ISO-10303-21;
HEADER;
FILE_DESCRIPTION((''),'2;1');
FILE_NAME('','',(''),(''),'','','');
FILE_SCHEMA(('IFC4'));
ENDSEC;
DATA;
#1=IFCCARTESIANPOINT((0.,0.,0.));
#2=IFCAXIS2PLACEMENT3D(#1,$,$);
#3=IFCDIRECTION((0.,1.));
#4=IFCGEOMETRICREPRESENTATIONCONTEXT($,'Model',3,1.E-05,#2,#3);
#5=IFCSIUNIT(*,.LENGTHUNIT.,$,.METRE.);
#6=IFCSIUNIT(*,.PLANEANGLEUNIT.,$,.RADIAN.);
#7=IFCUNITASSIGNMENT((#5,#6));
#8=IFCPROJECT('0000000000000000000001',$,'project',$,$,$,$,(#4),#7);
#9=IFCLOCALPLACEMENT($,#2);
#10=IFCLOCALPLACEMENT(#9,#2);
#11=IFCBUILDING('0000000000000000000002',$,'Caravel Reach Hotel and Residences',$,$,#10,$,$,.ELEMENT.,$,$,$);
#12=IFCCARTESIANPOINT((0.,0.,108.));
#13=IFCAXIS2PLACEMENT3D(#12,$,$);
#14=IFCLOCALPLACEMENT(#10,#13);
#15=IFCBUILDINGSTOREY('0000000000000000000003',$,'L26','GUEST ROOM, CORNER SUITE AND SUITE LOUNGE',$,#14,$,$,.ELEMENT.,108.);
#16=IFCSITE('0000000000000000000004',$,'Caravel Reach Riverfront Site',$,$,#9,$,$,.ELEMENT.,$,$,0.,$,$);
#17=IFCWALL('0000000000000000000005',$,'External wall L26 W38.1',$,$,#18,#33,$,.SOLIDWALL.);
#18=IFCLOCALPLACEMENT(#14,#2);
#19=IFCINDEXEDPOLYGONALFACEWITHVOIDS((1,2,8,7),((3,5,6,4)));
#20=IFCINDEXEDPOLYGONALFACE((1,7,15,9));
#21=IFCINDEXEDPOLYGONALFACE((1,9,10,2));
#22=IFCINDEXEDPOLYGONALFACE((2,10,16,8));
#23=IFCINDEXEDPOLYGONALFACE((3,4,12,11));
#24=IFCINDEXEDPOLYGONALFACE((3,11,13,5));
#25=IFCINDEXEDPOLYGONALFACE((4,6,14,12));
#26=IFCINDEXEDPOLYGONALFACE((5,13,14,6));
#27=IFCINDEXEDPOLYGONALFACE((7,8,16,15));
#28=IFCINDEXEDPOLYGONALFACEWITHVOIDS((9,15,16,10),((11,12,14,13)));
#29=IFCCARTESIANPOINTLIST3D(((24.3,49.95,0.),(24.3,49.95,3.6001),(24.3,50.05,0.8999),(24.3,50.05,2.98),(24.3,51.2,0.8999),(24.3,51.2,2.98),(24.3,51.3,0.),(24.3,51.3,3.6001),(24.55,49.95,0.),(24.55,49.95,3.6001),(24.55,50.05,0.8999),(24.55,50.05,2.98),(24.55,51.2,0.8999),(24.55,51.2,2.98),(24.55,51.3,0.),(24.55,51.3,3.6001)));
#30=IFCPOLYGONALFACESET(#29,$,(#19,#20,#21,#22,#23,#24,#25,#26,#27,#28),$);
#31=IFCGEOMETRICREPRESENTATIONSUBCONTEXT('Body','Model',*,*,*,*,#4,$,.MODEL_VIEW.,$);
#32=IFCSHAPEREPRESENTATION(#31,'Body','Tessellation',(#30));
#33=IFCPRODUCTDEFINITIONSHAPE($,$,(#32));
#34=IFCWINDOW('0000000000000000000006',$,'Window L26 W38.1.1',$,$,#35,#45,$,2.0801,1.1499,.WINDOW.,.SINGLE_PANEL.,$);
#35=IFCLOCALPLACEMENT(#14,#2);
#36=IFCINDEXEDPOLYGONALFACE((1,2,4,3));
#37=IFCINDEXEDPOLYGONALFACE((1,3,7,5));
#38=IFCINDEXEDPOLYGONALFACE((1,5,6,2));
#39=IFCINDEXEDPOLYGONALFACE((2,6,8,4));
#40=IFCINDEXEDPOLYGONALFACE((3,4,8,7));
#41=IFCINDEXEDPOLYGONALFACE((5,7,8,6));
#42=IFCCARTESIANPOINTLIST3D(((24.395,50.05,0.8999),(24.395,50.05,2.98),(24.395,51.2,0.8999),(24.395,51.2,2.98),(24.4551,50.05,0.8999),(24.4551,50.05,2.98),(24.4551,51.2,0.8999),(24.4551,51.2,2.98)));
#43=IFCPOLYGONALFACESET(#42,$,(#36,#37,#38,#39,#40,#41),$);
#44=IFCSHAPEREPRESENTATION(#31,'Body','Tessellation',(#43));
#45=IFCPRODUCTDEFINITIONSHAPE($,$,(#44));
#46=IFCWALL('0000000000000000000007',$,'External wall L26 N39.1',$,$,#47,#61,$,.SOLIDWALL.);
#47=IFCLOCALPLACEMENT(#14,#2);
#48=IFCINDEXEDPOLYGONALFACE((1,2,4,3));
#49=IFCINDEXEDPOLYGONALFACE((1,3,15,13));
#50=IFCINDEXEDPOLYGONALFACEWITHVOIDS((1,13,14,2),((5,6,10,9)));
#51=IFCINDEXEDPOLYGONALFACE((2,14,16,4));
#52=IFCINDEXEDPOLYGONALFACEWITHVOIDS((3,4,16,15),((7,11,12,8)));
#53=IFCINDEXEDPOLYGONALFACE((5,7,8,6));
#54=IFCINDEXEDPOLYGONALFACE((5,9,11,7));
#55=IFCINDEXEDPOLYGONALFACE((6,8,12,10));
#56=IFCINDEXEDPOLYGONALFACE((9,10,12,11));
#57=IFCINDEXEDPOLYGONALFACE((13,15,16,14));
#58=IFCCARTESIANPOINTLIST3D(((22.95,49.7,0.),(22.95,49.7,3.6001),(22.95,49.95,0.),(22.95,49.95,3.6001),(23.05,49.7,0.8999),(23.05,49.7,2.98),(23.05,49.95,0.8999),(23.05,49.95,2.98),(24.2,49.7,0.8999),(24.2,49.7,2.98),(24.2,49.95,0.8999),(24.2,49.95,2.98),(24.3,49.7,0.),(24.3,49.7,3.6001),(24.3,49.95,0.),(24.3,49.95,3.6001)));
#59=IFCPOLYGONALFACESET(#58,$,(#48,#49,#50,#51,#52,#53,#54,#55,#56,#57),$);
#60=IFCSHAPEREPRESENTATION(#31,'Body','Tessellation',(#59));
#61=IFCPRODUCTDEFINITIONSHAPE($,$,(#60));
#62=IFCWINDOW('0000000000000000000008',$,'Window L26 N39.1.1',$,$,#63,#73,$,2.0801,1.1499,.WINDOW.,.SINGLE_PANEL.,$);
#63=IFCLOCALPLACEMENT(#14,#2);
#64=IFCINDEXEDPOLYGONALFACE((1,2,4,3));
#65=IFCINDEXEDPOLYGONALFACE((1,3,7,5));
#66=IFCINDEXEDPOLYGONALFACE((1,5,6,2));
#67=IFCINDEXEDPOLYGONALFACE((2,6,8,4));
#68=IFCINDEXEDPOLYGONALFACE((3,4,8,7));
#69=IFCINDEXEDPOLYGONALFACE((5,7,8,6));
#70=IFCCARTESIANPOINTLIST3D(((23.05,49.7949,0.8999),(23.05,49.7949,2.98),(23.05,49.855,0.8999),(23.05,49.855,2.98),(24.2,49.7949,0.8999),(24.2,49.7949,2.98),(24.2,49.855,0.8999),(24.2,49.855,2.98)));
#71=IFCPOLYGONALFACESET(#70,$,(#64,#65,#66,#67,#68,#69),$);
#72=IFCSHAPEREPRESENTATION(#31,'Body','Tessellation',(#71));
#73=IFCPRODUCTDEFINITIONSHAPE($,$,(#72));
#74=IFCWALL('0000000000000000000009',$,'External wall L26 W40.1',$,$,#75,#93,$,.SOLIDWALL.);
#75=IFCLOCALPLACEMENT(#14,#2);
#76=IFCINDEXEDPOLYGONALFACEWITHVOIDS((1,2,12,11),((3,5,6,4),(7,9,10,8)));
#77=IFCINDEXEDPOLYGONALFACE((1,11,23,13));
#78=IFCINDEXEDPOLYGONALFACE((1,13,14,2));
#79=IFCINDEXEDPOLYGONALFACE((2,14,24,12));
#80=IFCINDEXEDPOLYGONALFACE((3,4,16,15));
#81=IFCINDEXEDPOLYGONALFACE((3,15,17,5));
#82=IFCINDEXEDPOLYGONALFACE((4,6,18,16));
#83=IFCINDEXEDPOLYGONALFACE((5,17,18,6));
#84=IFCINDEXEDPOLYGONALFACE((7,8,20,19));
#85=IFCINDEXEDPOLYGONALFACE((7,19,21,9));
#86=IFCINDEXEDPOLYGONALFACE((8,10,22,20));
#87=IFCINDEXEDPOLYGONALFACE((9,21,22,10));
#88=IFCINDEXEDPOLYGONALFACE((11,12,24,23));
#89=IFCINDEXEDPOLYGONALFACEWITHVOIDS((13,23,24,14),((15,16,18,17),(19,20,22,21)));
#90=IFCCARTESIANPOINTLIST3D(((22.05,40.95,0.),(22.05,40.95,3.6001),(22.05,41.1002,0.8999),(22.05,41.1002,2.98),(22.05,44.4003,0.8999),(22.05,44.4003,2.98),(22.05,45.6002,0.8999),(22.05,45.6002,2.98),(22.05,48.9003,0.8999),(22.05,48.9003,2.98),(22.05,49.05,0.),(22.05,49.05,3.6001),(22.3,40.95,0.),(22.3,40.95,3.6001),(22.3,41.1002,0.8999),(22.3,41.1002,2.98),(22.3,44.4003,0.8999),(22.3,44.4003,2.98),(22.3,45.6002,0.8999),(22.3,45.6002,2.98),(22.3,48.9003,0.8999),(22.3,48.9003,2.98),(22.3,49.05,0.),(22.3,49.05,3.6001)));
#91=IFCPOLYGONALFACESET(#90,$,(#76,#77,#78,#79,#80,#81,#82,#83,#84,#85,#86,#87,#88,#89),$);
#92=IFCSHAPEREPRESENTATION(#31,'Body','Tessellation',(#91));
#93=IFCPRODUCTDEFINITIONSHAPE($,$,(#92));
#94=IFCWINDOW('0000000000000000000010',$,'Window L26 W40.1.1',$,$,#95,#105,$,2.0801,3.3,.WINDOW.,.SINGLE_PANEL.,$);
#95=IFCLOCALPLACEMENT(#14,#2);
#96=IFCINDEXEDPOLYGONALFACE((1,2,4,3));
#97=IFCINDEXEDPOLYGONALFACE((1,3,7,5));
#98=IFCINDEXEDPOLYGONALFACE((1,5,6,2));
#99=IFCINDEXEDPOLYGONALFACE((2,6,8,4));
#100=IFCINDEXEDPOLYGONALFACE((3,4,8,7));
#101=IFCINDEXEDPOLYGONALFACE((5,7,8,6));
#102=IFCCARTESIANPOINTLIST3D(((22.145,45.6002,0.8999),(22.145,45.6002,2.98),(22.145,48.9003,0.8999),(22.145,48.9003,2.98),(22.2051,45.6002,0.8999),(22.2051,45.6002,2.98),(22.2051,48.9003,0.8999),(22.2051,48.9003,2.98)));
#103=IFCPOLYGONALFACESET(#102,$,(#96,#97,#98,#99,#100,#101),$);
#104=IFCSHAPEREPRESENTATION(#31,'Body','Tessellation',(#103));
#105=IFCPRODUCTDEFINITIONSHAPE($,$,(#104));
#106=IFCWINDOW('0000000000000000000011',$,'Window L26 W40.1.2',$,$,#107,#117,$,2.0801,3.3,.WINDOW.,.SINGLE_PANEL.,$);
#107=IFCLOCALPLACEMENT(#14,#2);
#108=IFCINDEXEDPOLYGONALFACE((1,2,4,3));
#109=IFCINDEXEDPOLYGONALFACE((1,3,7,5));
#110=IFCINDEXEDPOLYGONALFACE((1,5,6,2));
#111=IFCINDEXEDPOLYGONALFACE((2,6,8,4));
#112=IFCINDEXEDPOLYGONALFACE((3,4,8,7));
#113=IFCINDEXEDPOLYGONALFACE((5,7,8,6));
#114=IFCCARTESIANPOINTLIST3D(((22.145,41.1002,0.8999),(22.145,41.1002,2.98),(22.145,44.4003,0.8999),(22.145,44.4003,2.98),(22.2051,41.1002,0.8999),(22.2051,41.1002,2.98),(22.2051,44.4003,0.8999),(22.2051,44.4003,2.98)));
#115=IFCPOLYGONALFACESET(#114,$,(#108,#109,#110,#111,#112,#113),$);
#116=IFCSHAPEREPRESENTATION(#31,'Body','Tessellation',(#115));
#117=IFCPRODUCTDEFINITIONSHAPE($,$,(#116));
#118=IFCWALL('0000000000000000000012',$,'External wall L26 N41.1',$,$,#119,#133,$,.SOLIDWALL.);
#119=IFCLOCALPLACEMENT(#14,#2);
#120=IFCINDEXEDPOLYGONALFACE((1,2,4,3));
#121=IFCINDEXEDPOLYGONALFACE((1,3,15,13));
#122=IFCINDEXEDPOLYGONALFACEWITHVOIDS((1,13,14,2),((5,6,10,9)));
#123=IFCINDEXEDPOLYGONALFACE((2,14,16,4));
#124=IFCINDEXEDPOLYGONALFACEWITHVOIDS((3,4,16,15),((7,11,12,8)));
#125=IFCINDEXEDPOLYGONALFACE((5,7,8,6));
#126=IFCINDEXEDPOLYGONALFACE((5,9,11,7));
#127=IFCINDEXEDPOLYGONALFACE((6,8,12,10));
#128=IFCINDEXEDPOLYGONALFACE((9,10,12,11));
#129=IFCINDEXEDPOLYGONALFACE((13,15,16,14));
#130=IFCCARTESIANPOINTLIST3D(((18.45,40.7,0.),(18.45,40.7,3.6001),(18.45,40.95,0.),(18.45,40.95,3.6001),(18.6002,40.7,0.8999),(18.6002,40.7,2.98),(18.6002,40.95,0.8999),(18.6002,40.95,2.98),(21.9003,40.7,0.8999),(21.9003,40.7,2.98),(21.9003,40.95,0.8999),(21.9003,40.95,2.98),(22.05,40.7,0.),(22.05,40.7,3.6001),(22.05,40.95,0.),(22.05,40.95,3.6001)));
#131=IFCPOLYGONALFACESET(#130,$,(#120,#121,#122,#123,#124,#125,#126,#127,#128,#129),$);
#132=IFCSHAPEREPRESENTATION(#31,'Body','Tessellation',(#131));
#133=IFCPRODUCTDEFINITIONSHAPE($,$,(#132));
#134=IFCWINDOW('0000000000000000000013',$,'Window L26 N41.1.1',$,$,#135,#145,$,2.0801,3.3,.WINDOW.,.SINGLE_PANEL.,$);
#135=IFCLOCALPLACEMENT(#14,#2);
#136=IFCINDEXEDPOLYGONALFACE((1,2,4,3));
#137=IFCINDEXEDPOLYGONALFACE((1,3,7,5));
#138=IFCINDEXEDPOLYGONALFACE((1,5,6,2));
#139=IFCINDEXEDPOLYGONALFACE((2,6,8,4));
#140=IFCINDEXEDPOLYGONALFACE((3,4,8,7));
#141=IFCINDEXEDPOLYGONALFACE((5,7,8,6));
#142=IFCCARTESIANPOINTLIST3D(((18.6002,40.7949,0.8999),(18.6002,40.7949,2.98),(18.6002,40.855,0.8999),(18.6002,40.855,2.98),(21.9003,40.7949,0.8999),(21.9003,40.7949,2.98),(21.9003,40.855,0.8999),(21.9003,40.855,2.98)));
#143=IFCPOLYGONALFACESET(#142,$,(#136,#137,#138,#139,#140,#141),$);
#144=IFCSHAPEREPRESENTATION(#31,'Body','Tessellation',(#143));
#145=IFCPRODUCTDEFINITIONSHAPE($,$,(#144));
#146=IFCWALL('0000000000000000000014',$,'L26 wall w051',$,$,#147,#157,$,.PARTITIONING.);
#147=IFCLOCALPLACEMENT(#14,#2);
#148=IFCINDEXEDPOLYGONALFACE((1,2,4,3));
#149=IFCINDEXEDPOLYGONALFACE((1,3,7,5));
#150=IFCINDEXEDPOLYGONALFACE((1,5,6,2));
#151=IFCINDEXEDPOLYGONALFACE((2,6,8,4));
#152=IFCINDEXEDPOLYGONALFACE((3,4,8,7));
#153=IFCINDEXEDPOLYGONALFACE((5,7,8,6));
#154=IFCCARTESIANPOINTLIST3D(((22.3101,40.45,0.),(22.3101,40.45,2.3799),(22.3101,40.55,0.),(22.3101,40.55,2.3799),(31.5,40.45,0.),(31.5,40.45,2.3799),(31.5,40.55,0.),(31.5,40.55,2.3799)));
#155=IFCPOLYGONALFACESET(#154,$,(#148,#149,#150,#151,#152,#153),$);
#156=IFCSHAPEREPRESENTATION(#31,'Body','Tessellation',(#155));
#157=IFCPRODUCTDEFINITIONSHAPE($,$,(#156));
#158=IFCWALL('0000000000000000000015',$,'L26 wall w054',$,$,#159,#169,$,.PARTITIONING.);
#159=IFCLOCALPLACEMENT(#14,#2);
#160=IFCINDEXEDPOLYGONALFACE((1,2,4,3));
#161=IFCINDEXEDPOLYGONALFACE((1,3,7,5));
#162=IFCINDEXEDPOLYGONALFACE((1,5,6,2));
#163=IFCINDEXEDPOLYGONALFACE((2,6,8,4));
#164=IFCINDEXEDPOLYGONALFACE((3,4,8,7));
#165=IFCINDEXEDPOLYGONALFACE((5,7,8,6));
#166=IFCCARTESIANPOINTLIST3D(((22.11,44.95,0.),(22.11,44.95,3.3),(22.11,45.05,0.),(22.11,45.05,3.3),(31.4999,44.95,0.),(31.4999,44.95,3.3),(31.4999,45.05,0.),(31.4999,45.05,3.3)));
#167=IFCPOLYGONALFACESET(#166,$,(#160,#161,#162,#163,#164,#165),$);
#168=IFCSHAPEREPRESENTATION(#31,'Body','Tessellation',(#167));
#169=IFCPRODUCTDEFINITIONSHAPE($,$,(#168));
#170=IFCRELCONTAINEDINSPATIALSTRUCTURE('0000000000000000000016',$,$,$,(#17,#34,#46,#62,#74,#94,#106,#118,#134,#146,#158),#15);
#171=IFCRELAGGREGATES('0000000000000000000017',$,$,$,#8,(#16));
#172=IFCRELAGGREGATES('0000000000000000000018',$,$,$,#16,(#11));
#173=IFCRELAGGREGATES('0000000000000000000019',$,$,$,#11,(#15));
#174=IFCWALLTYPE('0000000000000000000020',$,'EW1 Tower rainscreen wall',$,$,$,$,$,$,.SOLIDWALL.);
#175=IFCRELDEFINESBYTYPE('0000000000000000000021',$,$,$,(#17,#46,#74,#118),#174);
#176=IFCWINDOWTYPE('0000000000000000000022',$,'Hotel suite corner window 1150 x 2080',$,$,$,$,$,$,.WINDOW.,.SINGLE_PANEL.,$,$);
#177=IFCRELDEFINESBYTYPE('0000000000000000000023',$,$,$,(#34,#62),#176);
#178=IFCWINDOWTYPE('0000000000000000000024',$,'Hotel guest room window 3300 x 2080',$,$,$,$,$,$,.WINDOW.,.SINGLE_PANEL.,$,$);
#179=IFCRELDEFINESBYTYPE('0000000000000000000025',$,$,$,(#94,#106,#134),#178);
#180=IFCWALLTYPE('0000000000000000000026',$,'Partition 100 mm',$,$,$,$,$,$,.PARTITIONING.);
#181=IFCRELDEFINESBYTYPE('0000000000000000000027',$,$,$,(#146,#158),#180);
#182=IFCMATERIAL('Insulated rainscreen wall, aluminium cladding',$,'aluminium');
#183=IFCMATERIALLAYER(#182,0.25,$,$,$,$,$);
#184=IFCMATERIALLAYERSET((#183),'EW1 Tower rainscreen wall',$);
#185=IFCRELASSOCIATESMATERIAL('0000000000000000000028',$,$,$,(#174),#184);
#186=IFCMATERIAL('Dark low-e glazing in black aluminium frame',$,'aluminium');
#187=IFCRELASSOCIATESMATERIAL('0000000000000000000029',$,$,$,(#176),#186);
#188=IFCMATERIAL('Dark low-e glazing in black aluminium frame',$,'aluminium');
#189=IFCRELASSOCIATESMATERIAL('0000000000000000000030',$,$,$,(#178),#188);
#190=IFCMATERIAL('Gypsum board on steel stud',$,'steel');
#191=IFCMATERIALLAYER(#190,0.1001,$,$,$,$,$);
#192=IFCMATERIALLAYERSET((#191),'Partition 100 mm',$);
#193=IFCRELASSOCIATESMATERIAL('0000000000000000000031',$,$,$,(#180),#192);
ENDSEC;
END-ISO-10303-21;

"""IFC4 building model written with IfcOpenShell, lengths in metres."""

from ifc_helpers import new_model, si_unit, direction, frame, frame_2d, origin, place, context, subcontext, project, spatial, rectangle, extrude, material, layer, layer_set, type_object, element, fill, save


model = new_model("IFC4")

# Units and contexts
model_context = context("Model", 3, precision=1e-05, world=origin(), true_north=direction((0.0, 1.0)))
body_context = subcontext(model_context, "Body", "Model", "MODEL_VIEW")
ifc_project = project(units=[si_unit("LENGTHUNIT", "METRE"), si_unit("PLANEANGLEUNIT", "RADIAN")], contexts=[model_context])

# Site, building, storey
site_placement = place(None, origin())
site = spatial("IfcSite", under=ifc_project, at=site_placement, Name="Caravel Reach Riverfront Site", CompositionType="ELEMENT", RefElevation=0.0)
building_placement = place(site_placement, origin())
building = spatial("IfcBuilding", under=site, at=building_placement, Name="Caravel Reach Hotel and Residences", CompositionType="ELEMENT")
storey_placement = place(building_placement, frame((0.0, 0.0, 108.0)))
storey = spatial("IfcBuildingStorey", under=building, at=storey_placement, Name="L26", Description="GUEST ROOM, CORNER SUITE AND SUITE LOUNGE", CompositionType="ELEMENT", Elevation=108.0)

# Walls, openings, windows
ifc_material_1 = material(Name="Insulated rainscreen wall, aluminium cladding", Category="aluminium")
ifc_layer_1 = layer(ifc_material_1, 0.25)
ifc_layer_set_1 = layer_set([ifc_layer_1], Name="EW1 Tower rainscreen wall")
wall_type_1 = type_object("IfcWallType", Name="EW1 Tower rainscreen wall", PredefinedType="SOLIDWALL", material=ifc_layer_set_1)
ifc_material_2 = material(Name="Dark low-e glazing in black aluminium frame", Category="aluminium")
window_type_1 = type_object("IfcWindowType", Name="Hotel suite corner window 1150 x 2080", PartitioningType="SINGLE_PANEL", PredefinedType="WINDOW", material=ifc_material_2)
wall_1_placement = place(storey_placement, frame((24.425, 51.3, 0.0), z_axis=(0.0, 0.0, 1.0), x_axis=(0.0, -1.0, 0.0)))
wall_1 = element("IfcWall", 1, at=wall_1_placement, inside=storey, type_object=wall_type_1, Name="External wall L26 W38.1", PredefinedType="SOLIDWALL", context=body_context, shape_type="SweptSolid", body=[
    extrude(rectangle(XDim=1.3501, YDim=0.25, at=frame_2d((0.675, 0.0))), origin(), (0.0, 0.0, 1.0), 3.6001),
])
opening_1_placement = place(wall_1_placement, frame((0.1001, 0.0, 0.8999)))
opening_1 = element("IfcOpeningElement", 2, at=opening_1_placement, cuts=wall_1, PredefinedType="OPENING", context=body_context, shape_type="SweptSolid", body=[
    extrude(rectangle(XDim=1.1499, YDim=2.0801, at=frame_2d((0.575, 1.04))), frame((0.0, 0.135, 0.0), z_axis=(0.0, -1.0, 0.0), x_axis=(1.0, 0.0, 0.0)), (0.0, 0.0, 1.0), 0.27),
])
window_1_placement = place(opening_1_placement, origin())
window_1 = element("IfcWindow", 3, at=window_1_placement, inside=storey, type_object=window_type_1, Name="Window L26 W38.1.1", OverallHeight=2.0801, OverallWidth=1.1499, PartitioningType="SINGLE_PANEL", PredefinedType="WINDOW", context=body_context, shape_type="SweptSolid", body=[
    extrude(rectangle(XDim=1.1499, YDim=2.0801, at=frame_2d((0.575, 1.04))), frame((0.0, 0.03, 0.0), z_axis=(0.0, -1.0, 0.0), x_axis=(1.0, 0.0, 0.0)), (0.0, 0.0, 1.0), 0.0601),
])
fill(opening_1, window_1)
wall_2_placement = place(storey_placement, frame((24.3, 49.825, 0.0), z_axis=(0.0, 0.0, 1.0), x_axis=(-1.0, 0.0, 0.0)))
wall_2 = element("IfcWall", 4, at=wall_2_placement, inside=storey, type_object=wall_type_1, Name="External wall L26 N39.1", PredefinedType="SOLIDWALL", context=body_context, shape_type="SweptSolid", body=[
    extrude(rectangle(XDim=1.3501, YDim=0.25, at=frame_2d((0.675, 0.0))), origin(), (0.0, 0.0, 1.0), 3.6001),
])
opening_2_placement = place(wall_2_placement, frame((0.1001, 0.0, 0.8999)))
opening_2 = element("IfcOpeningElement", 5, at=opening_2_placement, cuts=wall_2, PredefinedType="OPENING", context=body_context, shape_type="SweptSolid", body=[
    extrude(rectangle(XDim=1.1499, YDim=2.0801, at=frame_2d((0.575, 1.04))), frame((0.0, 0.135, 0.0), z_axis=(0.0, -1.0, 0.0), x_axis=(1.0, 0.0, 0.0)), (0.0, 0.0, 1.0), 0.27),
])
window_2_placement = place(opening_2_placement, origin())
window_2 = element("IfcWindow", 6, at=window_2_placement, inside=storey, type_object=window_type_1, Name="Window L26 N39.1.1", OverallHeight=2.0801, OverallWidth=1.1499, PartitioningType="SINGLE_PANEL", PredefinedType="WINDOW", context=body_context, shape_type="SweptSolid", body=[
    extrude(rectangle(XDim=1.1499, YDim=2.0801, at=frame_2d((0.575, 1.04))), frame((0.0, 0.03, 0.0), z_axis=(0.0, -1.0, 0.0), x_axis=(1.0, 0.0, 0.0)), (0.0, 0.0, 1.0), 0.0601),
])
fill(opening_2, window_2)

# Wall, openings, windows
wall_3_placement = place(storey_placement, frame((22.175, 49.05, 0.0), z_axis=(0.0, 0.0, 1.0), x_axis=(0.0, -1.0, 0.0)))
wall_3 = element("IfcWall", 7, at=wall_3_placement, inside=storey, type_object=wall_type_1, Name="External wall L26 W40.1", PredefinedType="SOLIDWALL", context=body_context, shape_type="SweptSolid", body=[
    extrude(rectangle(XDim=8.1001, YDim=0.25, at=frame_2d((4.05, 0.0))), origin(), (0.0, 0.0, 1.0), 3.6001),
])
opening_3_placement = place(wall_3_placement, frame((0.1499, 0.0, 0.8999)))
opening_3 = element("IfcOpeningElement", 8, at=opening_3_placement, cuts=wall_3, PredefinedType="OPENING", context=body_context, shape_type="SweptSolid", body=[
    extrude(rectangle(XDim=3.3, YDim=2.0801, at=frame_2d((1.6499, 1.04))), frame((0.0, 0.135, 0.0), z_axis=(0.0, -1.0, 0.0), x_axis=(1.0, 0.0, 0.0)), (0.0, 0.0, 1.0), 0.27),
])
opening_4_placement = place(wall_3_placement, frame((4.6499, 0.0, 0.8999)))
opening_4 = element("IfcOpeningElement", 9, at=opening_4_placement, cuts=wall_3, PredefinedType="OPENING", context=body_context, shape_type="SweptSolid", body=[
    extrude(rectangle(XDim=3.3, YDim=2.0801, at=frame_2d((1.6499, 1.04))), frame((0.0, 0.135, 0.0), z_axis=(0.0, -1.0, 0.0), x_axis=(1.0, 0.0, 0.0)), (0.0, 0.0, 1.0), 0.27),
])
ifc_material_3 = material(Name="Dark low-e glazing in black aluminium frame", Category="aluminium")
window_type_2 = type_object("IfcWindowType", Name="Hotel guest room window 3300 x 2080", PartitioningType="SINGLE_PANEL", PredefinedType="WINDOW", material=ifc_material_3)
window_3_placement = place(opening_3_placement, origin())
window_3 = element("IfcWindow", 10, at=window_3_placement, inside=storey, type_object=window_type_2, Name="Window L26 W40.1.1", OverallHeight=2.0801, OverallWidth=3.3, PartitioningType="SINGLE_PANEL", PredefinedType="WINDOW", context=body_context, shape_type="SweptSolid", body=[
    extrude(rectangle(XDim=3.3, YDim=2.0801, at=frame_2d((1.6499, 1.04))), frame((0.0, 0.03, 0.0), z_axis=(0.0, -1.0, 0.0), x_axis=(1.0, 0.0, 0.0)), (0.0, 0.0, 1.0), 0.0601),
])
fill(opening_3, window_3)
window_4_placement = place(opening_4_placement, origin())
window_4 = element("IfcWindow", 11, at=window_4_placement, inside=storey, type_object=window_type_2, Name="Window L26 W40.1.2", OverallHeight=2.0801, OverallWidth=3.3, PartitioningType="SINGLE_PANEL", PredefinedType="WINDOW", context=body_context, shape_type="SweptSolid", body=[
    extrude(rectangle(XDim=3.3, YDim=2.0801, at=frame_2d((1.6499, 1.04))), frame((0.0, 0.03, 0.0), z_axis=(0.0, -1.0, 0.0), x_axis=(1.0, 0.0, 0.0)), (0.0, 0.0, 1.0), 0.0601),
])
fill(opening_4, window_4)

# Wall, opening, window
wall_4_placement = place(storey_placement, frame((22.05, 40.825, 0.0), z_axis=(0.0, 0.0, 1.0), x_axis=(-1.0, 0.0, 0.0)))
wall_4 = element("IfcWall", 12, at=wall_4_placement, inside=storey, type_object=wall_type_1, Name="External wall L26 N41.1", PredefinedType="SOLIDWALL", context=body_context, shape_type="SweptSolid", body=[
    extrude(rectangle(XDim=3.6001, YDim=0.25, at=frame_2d((1.8, 0.0))), origin(), (0.0, 0.0, 1.0), 3.6001),
])
opening_5_placement = place(wall_4_placement, frame((0.1499, 0.0, 0.8999)))
opening_5 = element("IfcOpeningElement", 13, at=opening_5_placement, cuts=wall_4, PredefinedType="OPENING", context=body_context, shape_type="SweptSolid", body=[
    extrude(rectangle(XDim=3.3, YDim=2.0801, at=frame_2d((1.6499, 1.04))), frame((0.0, 0.135, 0.0), z_axis=(0.0, -1.0, 0.0), x_axis=(1.0, 0.0, 0.0)), (0.0, 0.0, 1.0), 0.27),
])
window_5_placement = place(opening_5_placement, origin())
window_5 = element("IfcWindow", 14, at=window_5_placement, inside=storey, type_object=window_type_2, Name="Window L26 N41.1.1", OverallHeight=2.0801, OverallWidth=3.3, PartitioningType="SINGLE_PANEL", PredefinedType="WINDOW", context=body_context, shape_type="SweptSolid", body=[
    extrude(rectangle(XDim=3.3, YDim=2.0801, at=frame_2d((1.6499, 1.04))), frame((0.0, 0.03, 0.0), z_axis=(0.0, -1.0, 0.0), x_axis=(1.0, 0.0, 0.0)), (0.0, 0.0, 1.0), 0.0601),
])
fill(opening_5, window_5)

# Walls
ifc_material_4 = material(Name="Gypsum board on steel stud", Category="steel")
ifc_layer_2 = layer(ifc_material_4, 0.1001)
ifc_layer_set_2 = layer_set([ifc_layer_2], Name="Partition 100 mm")
wall_type_2 = type_object("IfcWallType", Name="Partition 100 mm", PredefinedType="PARTITIONING", material=ifc_layer_set_2)
wall_5_placement = place(storey_placement, frame((22.3101, 40.5, 0.0), z_axis=(0.0, 0.0, 1.0), x_axis=(1.0, 0.0, 0.0)))
element("IfcWall", 15, at=wall_5_placement, inside=storey, type_object=wall_type_2, Name="L26 wall w051", PredefinedType="PARTITIONING", context=body_context, shape_type="SweptSolid", body=[
    extrude(rectangle(XDim=9.1899, YDim=0.1001, at=frame_2d((4.595, 0.0))), origin(), (0.0, 0.0, 1.0), 2.3799),
])
wall_6_placement = place(storey_placement, frame((22.1101, 45.0, 0.0), z_axis=(0.0, 0.0, 1.0), x_axis=(1.0, 0.0, 0.0)))
element("IfcWall", 16, at=wall_6_placement, inside=storey, type_object=wall_type_2, Name="L26 wall w054", PredefinedType="PARTITIONING", context=body_context, shape_type="SweptSolid", body=[
    extrude(rectangle(XDim=9.3899, YDim=0.1001, at=frame_2d((4.6948, 0.0))), origin(), (0.0, 0.0, 1.0), 3.3),
])

save(model, "model.ifc")
